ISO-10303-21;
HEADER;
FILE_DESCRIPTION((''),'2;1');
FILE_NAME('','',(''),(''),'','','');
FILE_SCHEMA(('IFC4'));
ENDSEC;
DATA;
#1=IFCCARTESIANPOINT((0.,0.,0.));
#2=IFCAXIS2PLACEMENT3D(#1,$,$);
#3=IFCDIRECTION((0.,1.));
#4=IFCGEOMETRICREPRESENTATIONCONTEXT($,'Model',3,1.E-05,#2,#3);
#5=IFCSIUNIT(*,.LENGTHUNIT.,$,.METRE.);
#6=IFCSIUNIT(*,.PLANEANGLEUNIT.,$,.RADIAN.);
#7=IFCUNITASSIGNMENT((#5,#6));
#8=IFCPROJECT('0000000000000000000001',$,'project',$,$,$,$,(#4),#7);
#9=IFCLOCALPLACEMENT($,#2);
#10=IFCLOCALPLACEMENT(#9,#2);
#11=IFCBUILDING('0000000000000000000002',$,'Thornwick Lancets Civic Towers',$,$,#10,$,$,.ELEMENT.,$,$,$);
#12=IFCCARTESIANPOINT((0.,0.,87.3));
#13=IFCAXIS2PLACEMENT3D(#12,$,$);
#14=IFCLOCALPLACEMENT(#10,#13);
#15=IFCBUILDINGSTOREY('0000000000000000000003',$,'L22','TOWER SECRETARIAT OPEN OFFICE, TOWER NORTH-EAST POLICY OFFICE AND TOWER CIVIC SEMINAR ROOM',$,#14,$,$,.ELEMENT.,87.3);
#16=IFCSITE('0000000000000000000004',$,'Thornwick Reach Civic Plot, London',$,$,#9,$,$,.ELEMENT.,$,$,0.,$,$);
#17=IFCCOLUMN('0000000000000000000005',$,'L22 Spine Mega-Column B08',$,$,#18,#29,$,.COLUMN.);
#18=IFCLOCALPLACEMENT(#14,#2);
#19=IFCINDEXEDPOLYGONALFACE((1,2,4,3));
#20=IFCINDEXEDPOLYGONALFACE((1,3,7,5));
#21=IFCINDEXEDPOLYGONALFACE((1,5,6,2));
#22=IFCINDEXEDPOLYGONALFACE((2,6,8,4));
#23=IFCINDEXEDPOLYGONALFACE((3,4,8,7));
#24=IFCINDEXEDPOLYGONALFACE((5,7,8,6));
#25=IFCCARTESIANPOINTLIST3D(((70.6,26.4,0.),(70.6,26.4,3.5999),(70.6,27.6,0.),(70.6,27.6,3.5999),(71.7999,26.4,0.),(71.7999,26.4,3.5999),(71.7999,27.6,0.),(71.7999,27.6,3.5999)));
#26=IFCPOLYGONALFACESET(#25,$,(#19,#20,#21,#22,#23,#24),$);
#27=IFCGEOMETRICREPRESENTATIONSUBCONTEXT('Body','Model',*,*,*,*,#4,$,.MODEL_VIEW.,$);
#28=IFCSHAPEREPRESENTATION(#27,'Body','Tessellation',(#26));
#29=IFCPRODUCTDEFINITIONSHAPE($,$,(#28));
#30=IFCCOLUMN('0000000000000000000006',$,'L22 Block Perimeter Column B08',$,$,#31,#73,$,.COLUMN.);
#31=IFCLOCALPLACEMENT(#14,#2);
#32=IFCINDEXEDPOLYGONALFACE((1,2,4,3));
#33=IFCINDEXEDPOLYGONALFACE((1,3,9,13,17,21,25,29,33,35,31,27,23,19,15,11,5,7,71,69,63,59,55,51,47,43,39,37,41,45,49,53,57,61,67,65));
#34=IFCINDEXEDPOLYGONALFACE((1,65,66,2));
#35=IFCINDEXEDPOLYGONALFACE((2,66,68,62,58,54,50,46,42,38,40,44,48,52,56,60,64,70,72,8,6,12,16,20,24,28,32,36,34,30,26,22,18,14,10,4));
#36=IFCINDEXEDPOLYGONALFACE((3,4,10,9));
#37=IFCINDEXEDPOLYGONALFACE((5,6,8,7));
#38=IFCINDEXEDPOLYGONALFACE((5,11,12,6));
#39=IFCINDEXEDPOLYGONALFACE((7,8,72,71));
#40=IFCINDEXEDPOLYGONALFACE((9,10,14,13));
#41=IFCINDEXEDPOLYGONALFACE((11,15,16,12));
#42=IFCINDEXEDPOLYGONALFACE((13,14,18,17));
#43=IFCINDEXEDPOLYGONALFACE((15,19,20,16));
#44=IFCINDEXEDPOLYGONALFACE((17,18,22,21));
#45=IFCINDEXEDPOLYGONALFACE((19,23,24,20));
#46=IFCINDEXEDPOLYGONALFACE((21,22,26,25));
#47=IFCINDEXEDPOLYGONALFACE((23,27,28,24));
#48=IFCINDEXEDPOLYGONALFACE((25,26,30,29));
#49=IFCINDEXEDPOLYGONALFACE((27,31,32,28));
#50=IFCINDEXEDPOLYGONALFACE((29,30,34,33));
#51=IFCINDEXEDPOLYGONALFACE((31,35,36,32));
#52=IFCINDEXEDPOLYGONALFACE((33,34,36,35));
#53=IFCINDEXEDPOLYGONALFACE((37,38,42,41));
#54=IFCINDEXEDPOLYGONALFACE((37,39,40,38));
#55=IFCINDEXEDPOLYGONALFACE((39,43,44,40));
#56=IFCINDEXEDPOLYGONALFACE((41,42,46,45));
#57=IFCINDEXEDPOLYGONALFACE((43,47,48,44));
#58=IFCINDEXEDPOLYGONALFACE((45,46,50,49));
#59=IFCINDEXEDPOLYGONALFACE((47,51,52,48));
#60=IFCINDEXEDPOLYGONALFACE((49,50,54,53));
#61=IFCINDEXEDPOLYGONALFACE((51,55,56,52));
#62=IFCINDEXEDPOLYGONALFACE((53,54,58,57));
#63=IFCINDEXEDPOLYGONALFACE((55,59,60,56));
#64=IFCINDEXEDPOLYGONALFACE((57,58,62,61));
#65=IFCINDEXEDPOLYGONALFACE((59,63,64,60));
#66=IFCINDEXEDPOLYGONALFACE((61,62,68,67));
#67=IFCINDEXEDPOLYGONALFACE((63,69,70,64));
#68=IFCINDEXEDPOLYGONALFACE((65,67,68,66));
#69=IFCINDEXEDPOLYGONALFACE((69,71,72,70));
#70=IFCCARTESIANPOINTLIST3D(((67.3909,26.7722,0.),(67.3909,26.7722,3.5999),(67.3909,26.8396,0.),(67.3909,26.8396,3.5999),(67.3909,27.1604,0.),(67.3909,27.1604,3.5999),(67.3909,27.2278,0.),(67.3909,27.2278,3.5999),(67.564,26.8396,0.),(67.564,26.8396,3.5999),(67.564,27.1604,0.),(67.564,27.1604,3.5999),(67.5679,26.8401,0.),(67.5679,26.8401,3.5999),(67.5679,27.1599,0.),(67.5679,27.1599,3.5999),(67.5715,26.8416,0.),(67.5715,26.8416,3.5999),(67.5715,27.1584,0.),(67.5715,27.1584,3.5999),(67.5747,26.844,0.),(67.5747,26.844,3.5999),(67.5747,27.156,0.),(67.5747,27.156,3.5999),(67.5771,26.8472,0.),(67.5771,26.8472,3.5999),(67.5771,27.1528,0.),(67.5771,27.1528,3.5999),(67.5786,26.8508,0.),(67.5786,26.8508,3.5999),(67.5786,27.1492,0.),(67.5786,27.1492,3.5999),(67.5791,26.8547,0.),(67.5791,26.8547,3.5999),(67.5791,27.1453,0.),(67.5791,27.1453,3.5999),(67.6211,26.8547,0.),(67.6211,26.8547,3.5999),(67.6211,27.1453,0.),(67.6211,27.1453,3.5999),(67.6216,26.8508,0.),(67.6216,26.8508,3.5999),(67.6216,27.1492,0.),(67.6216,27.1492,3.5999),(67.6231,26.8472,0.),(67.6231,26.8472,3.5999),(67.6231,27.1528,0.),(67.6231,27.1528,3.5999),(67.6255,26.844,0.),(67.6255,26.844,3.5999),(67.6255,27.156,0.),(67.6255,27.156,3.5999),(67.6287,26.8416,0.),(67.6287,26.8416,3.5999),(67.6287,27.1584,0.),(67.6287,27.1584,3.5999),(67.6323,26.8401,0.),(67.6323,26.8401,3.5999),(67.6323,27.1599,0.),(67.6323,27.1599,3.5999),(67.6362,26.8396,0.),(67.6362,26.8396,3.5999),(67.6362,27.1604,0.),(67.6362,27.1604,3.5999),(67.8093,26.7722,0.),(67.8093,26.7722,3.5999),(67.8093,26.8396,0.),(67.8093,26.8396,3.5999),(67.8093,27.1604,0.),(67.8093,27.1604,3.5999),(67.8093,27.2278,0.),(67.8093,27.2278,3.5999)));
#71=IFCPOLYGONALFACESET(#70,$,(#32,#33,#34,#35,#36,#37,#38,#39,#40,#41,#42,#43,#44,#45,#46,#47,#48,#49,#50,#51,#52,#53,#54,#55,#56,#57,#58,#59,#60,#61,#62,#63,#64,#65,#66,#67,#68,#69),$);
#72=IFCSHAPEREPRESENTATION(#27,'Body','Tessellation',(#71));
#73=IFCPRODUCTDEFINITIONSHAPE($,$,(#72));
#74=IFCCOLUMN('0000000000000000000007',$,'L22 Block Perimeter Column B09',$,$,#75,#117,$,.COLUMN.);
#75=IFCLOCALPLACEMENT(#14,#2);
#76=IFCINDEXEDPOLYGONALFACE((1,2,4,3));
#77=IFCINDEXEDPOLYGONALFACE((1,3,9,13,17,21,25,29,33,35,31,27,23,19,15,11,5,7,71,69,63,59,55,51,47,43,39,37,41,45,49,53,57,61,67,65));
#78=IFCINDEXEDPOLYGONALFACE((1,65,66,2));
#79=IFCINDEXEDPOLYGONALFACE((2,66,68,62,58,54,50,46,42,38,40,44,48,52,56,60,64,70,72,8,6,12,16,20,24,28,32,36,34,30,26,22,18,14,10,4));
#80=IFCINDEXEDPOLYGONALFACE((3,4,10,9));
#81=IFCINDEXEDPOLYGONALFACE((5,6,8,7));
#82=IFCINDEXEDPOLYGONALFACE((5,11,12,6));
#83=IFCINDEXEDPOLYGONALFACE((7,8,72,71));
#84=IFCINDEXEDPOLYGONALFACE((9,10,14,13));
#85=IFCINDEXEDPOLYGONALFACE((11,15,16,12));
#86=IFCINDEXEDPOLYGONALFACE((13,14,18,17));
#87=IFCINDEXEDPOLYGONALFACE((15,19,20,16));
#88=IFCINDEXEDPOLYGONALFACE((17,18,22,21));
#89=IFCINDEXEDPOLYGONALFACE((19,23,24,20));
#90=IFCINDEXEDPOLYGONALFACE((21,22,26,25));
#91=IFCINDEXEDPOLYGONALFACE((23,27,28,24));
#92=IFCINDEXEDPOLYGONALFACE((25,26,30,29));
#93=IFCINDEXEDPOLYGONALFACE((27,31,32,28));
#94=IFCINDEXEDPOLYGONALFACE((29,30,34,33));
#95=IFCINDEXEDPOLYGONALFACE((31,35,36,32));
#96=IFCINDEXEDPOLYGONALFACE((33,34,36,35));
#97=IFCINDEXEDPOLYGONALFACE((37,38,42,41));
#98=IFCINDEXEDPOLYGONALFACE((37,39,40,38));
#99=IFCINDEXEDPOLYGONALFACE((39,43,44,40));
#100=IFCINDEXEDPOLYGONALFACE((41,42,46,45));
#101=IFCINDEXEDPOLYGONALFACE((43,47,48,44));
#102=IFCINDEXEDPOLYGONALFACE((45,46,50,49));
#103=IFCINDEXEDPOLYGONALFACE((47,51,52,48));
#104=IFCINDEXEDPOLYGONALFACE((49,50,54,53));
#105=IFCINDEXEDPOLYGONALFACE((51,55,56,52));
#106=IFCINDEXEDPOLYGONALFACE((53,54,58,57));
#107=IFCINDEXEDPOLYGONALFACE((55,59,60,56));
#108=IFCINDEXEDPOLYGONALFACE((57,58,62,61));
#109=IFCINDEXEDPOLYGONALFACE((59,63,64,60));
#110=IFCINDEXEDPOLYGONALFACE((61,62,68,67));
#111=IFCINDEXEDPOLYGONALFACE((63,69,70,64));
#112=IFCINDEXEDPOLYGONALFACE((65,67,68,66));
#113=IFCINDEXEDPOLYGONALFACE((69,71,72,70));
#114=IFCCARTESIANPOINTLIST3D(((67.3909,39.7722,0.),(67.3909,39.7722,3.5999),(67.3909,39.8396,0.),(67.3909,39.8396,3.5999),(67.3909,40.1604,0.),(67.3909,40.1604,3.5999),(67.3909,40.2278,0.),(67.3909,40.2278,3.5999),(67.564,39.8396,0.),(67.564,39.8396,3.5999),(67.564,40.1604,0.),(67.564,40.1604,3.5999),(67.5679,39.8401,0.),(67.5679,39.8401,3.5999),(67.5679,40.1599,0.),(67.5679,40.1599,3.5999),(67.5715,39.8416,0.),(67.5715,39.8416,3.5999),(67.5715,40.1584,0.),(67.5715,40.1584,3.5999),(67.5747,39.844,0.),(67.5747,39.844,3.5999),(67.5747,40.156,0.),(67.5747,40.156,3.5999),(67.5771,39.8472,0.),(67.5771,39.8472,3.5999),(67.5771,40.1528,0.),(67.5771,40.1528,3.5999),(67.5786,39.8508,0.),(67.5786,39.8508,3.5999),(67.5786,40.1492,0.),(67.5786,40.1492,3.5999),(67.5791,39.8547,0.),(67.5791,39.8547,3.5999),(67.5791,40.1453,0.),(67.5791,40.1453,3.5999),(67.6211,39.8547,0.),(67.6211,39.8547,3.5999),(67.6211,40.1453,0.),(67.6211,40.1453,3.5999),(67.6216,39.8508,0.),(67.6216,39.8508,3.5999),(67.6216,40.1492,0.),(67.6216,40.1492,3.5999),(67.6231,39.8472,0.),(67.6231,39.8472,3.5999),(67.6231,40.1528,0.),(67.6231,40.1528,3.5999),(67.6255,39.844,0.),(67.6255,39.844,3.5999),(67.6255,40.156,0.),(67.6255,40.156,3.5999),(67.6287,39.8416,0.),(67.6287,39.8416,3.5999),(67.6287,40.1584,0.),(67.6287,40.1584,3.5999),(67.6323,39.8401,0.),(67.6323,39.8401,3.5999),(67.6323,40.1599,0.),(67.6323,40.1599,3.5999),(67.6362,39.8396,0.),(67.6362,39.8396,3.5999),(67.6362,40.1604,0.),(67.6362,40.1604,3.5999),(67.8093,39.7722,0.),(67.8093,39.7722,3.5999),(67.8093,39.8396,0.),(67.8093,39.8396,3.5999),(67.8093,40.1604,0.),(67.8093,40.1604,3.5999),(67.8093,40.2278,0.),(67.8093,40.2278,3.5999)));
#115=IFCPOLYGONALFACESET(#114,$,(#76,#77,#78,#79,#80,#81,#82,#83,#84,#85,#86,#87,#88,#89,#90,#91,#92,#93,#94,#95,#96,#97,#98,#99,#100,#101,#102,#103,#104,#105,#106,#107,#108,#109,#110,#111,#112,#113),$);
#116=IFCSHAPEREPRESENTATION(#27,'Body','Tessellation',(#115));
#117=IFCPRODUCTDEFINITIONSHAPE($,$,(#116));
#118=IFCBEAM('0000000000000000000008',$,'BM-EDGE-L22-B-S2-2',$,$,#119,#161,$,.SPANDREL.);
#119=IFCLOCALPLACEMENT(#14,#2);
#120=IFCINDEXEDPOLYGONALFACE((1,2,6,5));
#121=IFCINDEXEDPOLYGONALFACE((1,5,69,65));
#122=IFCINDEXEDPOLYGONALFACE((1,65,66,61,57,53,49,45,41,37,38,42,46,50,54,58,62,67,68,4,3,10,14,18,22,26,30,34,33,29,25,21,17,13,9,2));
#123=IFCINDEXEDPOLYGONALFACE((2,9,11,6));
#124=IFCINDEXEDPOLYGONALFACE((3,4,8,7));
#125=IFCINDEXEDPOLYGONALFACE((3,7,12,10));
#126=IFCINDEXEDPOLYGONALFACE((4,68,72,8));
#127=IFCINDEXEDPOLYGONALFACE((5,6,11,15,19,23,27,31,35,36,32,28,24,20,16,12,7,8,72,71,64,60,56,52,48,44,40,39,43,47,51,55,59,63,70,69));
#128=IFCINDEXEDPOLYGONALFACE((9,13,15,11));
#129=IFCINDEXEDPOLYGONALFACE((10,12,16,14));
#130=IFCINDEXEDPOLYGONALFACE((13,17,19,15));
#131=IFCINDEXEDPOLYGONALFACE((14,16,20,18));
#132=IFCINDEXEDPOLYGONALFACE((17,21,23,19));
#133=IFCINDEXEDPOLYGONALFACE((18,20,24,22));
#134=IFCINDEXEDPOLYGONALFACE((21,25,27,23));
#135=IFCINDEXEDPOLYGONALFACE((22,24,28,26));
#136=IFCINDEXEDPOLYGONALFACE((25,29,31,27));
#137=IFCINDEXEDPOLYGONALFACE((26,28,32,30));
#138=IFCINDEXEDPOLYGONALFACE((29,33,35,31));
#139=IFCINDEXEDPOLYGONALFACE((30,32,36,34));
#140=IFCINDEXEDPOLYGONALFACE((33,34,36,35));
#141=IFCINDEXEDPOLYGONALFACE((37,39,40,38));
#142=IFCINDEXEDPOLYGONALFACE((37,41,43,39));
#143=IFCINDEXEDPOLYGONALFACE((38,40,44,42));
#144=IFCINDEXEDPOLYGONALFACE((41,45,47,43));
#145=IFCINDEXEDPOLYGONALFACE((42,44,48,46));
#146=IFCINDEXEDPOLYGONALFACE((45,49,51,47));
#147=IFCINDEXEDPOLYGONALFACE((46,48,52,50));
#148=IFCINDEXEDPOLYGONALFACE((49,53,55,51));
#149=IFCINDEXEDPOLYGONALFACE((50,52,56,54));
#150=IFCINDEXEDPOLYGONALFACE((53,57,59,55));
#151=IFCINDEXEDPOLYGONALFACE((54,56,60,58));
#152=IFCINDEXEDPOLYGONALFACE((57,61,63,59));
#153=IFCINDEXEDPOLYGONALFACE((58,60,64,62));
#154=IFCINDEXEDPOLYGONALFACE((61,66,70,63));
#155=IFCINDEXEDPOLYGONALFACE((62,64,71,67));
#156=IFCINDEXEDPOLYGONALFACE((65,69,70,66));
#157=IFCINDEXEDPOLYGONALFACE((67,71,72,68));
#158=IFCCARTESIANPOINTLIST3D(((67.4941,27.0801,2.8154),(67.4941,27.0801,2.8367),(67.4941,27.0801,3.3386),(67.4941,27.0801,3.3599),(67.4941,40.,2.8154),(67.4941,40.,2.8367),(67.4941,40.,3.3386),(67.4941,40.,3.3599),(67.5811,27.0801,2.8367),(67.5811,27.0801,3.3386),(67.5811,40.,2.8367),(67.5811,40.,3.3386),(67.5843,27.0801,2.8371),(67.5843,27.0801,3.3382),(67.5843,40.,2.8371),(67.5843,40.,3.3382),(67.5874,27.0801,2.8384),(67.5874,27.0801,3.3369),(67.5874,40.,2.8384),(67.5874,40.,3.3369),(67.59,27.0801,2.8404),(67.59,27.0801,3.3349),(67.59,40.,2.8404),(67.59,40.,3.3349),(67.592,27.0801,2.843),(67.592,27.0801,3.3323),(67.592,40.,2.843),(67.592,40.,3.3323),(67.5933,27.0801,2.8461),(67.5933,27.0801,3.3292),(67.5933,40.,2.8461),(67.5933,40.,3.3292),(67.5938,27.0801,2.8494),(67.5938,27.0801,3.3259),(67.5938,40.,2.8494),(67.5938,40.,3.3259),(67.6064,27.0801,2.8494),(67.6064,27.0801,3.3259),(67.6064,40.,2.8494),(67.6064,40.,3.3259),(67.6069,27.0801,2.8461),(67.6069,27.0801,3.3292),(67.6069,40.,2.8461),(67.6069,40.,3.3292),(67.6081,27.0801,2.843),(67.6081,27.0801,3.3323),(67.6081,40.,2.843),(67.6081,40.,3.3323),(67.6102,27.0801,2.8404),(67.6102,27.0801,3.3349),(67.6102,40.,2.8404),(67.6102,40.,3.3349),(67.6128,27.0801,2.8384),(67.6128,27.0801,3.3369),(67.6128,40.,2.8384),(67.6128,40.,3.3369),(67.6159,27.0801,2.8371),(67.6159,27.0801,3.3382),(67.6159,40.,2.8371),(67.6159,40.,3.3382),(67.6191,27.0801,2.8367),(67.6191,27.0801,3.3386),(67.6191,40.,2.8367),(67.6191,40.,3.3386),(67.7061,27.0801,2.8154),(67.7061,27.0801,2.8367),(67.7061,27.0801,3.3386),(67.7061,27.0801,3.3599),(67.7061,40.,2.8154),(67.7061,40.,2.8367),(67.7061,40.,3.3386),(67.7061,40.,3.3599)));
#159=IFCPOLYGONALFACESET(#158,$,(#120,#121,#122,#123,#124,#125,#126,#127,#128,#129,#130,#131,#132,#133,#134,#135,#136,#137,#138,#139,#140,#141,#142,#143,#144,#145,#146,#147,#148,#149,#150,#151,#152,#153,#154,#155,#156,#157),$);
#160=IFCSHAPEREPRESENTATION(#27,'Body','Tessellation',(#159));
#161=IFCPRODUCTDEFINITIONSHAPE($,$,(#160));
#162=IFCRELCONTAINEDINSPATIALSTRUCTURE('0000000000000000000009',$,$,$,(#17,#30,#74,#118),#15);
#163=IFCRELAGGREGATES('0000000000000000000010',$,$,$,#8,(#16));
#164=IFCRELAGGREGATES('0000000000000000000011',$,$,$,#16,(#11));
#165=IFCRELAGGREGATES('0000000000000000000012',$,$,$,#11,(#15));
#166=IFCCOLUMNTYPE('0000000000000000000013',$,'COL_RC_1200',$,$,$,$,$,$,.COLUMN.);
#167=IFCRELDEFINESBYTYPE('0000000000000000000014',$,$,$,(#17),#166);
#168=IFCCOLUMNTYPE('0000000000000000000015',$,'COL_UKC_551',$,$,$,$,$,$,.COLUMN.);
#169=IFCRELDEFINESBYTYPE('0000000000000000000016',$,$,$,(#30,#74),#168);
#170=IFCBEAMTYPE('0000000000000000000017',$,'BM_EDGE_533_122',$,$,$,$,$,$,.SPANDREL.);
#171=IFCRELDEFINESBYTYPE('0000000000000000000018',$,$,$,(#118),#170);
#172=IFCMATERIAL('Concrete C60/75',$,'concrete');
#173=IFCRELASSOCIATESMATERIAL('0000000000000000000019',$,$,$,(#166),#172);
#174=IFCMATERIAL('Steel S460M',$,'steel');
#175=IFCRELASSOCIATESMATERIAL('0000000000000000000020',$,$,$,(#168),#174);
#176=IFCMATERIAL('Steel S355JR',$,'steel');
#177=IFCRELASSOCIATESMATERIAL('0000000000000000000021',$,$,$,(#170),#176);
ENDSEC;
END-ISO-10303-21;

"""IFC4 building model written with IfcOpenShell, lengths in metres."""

from ifc_helpers import new_model, si_unit, direction, frame, origin, origin_2d, place, context, subcontext, project, spatial, rectangle, i_section, extrude, material, material_profile, profile_set, type_object, element, save


model = new_model("IFC4")

# Units and contexts
model_context = context("Model", 3, precision=1e-05, world=origin(), true_north=direction((0.0, 1.0)))
body_context = subcontext(model_context, "Body", "Model", "MODEL_VIEW")
ifc_project = project(units=[si_unit("LENGTHUNIT", "METRE"), si_unit("PLANEANGLEUNIT", "RADIAN")], contexts=[model_context])

# Site, building, storey
site_placement = place(None, origin())
site = spatial("IfcSite", under=ifc_project, at=site_placement, Name="Thornwick Reach Civic Plot, London", CompositionType="ELEMENT", RefElevation=0.0)
building_placement = place(site_placement, origin())
building = spatial("IfcBuilding", under=site, at=building_placement, Name="Thornwick Lancets Civic Towers", CompositionType="ELEMENT")
storey_placement = place(building_placement, frame((0.0, 0.0, 87.3)))
storey = spatial("IfcBuildingStorey", under=building, at=storey_placement, Name="L22", Description="TOWER SECRETARIAT OPEN OFFICE, TOWER NORTH-EAST POLICY OFFICE AND TOWER CIVIC SEMINAR ROOM", CompositionType="ELEMENT", Elevation=87.3)

# Columns
ifc_material_1 = material(Name="Concrete C60/75", Category="concrete")
ifc_material_profile_1 = material_profile(ifc_material_1, rectangle(XDim=1.2, YDim=1.2, at=origin_2d()), Name="RC 1200x1200")
ifc_profile_set_1 = profile_set([ifc_material_profile_1], Name="Concrete C60/75")
column_type_1 = type_object("IfcColumnType", Name="COL_RC_1200", PredefinedType="COLUMN", material=ifc_profile_set_1)
column_placement = place(storey_placement, frame((71.2, 27.0, 0.0), z_axis=(0.0, 0.0, 1.0), x_axis=(1.0, 0.0, 0.0)))
element("IfcColumn", 1, at=column_placement, inside=storey, type_object=column_type_1, Name="L22 Spine Mega-Column B08", PredefinedType="COLUMN", context=body_context, shape_type="SweptSolid", body=[
    extrude(rectangle(XDim=1.2, YDim=1.2, at=origin_2d()), origin(), (0.0, 0.0, 1.0), 3.5999),
])
ifc_material_2 = material(Name="Steel S460M", Category="steel")
ifc_material_profile_2 = material_profile(ifc_material_2, i_section(OverallWidth=0.4185, OverallDepth=0.4556, WebThickness=0.042, FlangeThickness=0.0674, FilletRadius=0.0151, at=origin_2d()), Name="UKC 356x406x551")
ifc_profile_set_2 = profile_set([ifc_material_profile_2], Name="Steel S460M")
column_type_2 = type_object("IfcColumnType", Name="COL_UKC_551", PredefinedType="COLUMN", material=ifc_profile_set_2)
for number, where, z_axis, x_axis, name in (
    (2, (67.6001, 27.0, 0.0), (0.0, 0.0, 1.0), (1.0, 0.0, 0.0), "L22 Block Perimeter Column B08"),
    (3, (67.6001, 40.0, 0.0), (0.0, 0.0, 1.0), (1.0, 0.0, 0.0), "L22 Block Perimeter Column B09"),
):
    element("IfcColumn", number, at=place(storey_placement, frame(where, z_axis=z_axis, x_axis=x_axis)), inside=storey, type_object=column_type_2, Name=name, PredefinedType="COLUMN", context=body_context, shape_type="SweptSolid", body=[
        extrude(i_section(OverallWidth=0.4185, OverallDepth=0.4556, WebThickness=0.042, FlangeThickness=0.0674, FilletRadius=0.0151, at=origin_2d()), origin(), (0.0, 0.0, 1.0), 3.5999),
    ])

# Beam
ifc_material_3 = material(Name="Steel S355JR", Category="steel")
ifc_material_profile_3 = material_profile(ifc_material_3, i_section(OverallWidth=0.2119, OverallDepth=0.5444, WebThickness=0.0127, FlangeThickness=0.0212, FilletRadius=0.0127, at=origin_2d()), Name="UKB 533x210x122")
ifc_profile_set_3 = profile_set([ifc_material_profile_3], Name="Steel S355JR")
beam_type_1 = type_object("IfcBeamType", Name="BM_EDGE_533_122", PredefinedType="SPANDREL", material=ifc_profile_set_3)
beam_1_placement = place(storey_placement, frame((67.6001, 27.0801, 3.0876), z_axis=(0.0, 1.0, 0.0), x_axis=(-1.0, 0.0, 0.0)))
element("IfcBeam", 4, at=beam_1_placement, inside=storey, type_object=beam_type_1, Name="BM-EDGE-L22-B-S2-2", PredefinedType="SPANDREL", context=body_context, shape_type="SweptSolid", body=[
    extrude(i_section(OverallWidth=0.2119, OverallDepth=0.5444, WebThickness=0.0127, FlangeThickness=0.0212, FilletRadius=0.0127, at=origin_2d()), origin(), (0.0, 0.0, 1.0), 12.9199),
])

save(model, "model.ifc")
